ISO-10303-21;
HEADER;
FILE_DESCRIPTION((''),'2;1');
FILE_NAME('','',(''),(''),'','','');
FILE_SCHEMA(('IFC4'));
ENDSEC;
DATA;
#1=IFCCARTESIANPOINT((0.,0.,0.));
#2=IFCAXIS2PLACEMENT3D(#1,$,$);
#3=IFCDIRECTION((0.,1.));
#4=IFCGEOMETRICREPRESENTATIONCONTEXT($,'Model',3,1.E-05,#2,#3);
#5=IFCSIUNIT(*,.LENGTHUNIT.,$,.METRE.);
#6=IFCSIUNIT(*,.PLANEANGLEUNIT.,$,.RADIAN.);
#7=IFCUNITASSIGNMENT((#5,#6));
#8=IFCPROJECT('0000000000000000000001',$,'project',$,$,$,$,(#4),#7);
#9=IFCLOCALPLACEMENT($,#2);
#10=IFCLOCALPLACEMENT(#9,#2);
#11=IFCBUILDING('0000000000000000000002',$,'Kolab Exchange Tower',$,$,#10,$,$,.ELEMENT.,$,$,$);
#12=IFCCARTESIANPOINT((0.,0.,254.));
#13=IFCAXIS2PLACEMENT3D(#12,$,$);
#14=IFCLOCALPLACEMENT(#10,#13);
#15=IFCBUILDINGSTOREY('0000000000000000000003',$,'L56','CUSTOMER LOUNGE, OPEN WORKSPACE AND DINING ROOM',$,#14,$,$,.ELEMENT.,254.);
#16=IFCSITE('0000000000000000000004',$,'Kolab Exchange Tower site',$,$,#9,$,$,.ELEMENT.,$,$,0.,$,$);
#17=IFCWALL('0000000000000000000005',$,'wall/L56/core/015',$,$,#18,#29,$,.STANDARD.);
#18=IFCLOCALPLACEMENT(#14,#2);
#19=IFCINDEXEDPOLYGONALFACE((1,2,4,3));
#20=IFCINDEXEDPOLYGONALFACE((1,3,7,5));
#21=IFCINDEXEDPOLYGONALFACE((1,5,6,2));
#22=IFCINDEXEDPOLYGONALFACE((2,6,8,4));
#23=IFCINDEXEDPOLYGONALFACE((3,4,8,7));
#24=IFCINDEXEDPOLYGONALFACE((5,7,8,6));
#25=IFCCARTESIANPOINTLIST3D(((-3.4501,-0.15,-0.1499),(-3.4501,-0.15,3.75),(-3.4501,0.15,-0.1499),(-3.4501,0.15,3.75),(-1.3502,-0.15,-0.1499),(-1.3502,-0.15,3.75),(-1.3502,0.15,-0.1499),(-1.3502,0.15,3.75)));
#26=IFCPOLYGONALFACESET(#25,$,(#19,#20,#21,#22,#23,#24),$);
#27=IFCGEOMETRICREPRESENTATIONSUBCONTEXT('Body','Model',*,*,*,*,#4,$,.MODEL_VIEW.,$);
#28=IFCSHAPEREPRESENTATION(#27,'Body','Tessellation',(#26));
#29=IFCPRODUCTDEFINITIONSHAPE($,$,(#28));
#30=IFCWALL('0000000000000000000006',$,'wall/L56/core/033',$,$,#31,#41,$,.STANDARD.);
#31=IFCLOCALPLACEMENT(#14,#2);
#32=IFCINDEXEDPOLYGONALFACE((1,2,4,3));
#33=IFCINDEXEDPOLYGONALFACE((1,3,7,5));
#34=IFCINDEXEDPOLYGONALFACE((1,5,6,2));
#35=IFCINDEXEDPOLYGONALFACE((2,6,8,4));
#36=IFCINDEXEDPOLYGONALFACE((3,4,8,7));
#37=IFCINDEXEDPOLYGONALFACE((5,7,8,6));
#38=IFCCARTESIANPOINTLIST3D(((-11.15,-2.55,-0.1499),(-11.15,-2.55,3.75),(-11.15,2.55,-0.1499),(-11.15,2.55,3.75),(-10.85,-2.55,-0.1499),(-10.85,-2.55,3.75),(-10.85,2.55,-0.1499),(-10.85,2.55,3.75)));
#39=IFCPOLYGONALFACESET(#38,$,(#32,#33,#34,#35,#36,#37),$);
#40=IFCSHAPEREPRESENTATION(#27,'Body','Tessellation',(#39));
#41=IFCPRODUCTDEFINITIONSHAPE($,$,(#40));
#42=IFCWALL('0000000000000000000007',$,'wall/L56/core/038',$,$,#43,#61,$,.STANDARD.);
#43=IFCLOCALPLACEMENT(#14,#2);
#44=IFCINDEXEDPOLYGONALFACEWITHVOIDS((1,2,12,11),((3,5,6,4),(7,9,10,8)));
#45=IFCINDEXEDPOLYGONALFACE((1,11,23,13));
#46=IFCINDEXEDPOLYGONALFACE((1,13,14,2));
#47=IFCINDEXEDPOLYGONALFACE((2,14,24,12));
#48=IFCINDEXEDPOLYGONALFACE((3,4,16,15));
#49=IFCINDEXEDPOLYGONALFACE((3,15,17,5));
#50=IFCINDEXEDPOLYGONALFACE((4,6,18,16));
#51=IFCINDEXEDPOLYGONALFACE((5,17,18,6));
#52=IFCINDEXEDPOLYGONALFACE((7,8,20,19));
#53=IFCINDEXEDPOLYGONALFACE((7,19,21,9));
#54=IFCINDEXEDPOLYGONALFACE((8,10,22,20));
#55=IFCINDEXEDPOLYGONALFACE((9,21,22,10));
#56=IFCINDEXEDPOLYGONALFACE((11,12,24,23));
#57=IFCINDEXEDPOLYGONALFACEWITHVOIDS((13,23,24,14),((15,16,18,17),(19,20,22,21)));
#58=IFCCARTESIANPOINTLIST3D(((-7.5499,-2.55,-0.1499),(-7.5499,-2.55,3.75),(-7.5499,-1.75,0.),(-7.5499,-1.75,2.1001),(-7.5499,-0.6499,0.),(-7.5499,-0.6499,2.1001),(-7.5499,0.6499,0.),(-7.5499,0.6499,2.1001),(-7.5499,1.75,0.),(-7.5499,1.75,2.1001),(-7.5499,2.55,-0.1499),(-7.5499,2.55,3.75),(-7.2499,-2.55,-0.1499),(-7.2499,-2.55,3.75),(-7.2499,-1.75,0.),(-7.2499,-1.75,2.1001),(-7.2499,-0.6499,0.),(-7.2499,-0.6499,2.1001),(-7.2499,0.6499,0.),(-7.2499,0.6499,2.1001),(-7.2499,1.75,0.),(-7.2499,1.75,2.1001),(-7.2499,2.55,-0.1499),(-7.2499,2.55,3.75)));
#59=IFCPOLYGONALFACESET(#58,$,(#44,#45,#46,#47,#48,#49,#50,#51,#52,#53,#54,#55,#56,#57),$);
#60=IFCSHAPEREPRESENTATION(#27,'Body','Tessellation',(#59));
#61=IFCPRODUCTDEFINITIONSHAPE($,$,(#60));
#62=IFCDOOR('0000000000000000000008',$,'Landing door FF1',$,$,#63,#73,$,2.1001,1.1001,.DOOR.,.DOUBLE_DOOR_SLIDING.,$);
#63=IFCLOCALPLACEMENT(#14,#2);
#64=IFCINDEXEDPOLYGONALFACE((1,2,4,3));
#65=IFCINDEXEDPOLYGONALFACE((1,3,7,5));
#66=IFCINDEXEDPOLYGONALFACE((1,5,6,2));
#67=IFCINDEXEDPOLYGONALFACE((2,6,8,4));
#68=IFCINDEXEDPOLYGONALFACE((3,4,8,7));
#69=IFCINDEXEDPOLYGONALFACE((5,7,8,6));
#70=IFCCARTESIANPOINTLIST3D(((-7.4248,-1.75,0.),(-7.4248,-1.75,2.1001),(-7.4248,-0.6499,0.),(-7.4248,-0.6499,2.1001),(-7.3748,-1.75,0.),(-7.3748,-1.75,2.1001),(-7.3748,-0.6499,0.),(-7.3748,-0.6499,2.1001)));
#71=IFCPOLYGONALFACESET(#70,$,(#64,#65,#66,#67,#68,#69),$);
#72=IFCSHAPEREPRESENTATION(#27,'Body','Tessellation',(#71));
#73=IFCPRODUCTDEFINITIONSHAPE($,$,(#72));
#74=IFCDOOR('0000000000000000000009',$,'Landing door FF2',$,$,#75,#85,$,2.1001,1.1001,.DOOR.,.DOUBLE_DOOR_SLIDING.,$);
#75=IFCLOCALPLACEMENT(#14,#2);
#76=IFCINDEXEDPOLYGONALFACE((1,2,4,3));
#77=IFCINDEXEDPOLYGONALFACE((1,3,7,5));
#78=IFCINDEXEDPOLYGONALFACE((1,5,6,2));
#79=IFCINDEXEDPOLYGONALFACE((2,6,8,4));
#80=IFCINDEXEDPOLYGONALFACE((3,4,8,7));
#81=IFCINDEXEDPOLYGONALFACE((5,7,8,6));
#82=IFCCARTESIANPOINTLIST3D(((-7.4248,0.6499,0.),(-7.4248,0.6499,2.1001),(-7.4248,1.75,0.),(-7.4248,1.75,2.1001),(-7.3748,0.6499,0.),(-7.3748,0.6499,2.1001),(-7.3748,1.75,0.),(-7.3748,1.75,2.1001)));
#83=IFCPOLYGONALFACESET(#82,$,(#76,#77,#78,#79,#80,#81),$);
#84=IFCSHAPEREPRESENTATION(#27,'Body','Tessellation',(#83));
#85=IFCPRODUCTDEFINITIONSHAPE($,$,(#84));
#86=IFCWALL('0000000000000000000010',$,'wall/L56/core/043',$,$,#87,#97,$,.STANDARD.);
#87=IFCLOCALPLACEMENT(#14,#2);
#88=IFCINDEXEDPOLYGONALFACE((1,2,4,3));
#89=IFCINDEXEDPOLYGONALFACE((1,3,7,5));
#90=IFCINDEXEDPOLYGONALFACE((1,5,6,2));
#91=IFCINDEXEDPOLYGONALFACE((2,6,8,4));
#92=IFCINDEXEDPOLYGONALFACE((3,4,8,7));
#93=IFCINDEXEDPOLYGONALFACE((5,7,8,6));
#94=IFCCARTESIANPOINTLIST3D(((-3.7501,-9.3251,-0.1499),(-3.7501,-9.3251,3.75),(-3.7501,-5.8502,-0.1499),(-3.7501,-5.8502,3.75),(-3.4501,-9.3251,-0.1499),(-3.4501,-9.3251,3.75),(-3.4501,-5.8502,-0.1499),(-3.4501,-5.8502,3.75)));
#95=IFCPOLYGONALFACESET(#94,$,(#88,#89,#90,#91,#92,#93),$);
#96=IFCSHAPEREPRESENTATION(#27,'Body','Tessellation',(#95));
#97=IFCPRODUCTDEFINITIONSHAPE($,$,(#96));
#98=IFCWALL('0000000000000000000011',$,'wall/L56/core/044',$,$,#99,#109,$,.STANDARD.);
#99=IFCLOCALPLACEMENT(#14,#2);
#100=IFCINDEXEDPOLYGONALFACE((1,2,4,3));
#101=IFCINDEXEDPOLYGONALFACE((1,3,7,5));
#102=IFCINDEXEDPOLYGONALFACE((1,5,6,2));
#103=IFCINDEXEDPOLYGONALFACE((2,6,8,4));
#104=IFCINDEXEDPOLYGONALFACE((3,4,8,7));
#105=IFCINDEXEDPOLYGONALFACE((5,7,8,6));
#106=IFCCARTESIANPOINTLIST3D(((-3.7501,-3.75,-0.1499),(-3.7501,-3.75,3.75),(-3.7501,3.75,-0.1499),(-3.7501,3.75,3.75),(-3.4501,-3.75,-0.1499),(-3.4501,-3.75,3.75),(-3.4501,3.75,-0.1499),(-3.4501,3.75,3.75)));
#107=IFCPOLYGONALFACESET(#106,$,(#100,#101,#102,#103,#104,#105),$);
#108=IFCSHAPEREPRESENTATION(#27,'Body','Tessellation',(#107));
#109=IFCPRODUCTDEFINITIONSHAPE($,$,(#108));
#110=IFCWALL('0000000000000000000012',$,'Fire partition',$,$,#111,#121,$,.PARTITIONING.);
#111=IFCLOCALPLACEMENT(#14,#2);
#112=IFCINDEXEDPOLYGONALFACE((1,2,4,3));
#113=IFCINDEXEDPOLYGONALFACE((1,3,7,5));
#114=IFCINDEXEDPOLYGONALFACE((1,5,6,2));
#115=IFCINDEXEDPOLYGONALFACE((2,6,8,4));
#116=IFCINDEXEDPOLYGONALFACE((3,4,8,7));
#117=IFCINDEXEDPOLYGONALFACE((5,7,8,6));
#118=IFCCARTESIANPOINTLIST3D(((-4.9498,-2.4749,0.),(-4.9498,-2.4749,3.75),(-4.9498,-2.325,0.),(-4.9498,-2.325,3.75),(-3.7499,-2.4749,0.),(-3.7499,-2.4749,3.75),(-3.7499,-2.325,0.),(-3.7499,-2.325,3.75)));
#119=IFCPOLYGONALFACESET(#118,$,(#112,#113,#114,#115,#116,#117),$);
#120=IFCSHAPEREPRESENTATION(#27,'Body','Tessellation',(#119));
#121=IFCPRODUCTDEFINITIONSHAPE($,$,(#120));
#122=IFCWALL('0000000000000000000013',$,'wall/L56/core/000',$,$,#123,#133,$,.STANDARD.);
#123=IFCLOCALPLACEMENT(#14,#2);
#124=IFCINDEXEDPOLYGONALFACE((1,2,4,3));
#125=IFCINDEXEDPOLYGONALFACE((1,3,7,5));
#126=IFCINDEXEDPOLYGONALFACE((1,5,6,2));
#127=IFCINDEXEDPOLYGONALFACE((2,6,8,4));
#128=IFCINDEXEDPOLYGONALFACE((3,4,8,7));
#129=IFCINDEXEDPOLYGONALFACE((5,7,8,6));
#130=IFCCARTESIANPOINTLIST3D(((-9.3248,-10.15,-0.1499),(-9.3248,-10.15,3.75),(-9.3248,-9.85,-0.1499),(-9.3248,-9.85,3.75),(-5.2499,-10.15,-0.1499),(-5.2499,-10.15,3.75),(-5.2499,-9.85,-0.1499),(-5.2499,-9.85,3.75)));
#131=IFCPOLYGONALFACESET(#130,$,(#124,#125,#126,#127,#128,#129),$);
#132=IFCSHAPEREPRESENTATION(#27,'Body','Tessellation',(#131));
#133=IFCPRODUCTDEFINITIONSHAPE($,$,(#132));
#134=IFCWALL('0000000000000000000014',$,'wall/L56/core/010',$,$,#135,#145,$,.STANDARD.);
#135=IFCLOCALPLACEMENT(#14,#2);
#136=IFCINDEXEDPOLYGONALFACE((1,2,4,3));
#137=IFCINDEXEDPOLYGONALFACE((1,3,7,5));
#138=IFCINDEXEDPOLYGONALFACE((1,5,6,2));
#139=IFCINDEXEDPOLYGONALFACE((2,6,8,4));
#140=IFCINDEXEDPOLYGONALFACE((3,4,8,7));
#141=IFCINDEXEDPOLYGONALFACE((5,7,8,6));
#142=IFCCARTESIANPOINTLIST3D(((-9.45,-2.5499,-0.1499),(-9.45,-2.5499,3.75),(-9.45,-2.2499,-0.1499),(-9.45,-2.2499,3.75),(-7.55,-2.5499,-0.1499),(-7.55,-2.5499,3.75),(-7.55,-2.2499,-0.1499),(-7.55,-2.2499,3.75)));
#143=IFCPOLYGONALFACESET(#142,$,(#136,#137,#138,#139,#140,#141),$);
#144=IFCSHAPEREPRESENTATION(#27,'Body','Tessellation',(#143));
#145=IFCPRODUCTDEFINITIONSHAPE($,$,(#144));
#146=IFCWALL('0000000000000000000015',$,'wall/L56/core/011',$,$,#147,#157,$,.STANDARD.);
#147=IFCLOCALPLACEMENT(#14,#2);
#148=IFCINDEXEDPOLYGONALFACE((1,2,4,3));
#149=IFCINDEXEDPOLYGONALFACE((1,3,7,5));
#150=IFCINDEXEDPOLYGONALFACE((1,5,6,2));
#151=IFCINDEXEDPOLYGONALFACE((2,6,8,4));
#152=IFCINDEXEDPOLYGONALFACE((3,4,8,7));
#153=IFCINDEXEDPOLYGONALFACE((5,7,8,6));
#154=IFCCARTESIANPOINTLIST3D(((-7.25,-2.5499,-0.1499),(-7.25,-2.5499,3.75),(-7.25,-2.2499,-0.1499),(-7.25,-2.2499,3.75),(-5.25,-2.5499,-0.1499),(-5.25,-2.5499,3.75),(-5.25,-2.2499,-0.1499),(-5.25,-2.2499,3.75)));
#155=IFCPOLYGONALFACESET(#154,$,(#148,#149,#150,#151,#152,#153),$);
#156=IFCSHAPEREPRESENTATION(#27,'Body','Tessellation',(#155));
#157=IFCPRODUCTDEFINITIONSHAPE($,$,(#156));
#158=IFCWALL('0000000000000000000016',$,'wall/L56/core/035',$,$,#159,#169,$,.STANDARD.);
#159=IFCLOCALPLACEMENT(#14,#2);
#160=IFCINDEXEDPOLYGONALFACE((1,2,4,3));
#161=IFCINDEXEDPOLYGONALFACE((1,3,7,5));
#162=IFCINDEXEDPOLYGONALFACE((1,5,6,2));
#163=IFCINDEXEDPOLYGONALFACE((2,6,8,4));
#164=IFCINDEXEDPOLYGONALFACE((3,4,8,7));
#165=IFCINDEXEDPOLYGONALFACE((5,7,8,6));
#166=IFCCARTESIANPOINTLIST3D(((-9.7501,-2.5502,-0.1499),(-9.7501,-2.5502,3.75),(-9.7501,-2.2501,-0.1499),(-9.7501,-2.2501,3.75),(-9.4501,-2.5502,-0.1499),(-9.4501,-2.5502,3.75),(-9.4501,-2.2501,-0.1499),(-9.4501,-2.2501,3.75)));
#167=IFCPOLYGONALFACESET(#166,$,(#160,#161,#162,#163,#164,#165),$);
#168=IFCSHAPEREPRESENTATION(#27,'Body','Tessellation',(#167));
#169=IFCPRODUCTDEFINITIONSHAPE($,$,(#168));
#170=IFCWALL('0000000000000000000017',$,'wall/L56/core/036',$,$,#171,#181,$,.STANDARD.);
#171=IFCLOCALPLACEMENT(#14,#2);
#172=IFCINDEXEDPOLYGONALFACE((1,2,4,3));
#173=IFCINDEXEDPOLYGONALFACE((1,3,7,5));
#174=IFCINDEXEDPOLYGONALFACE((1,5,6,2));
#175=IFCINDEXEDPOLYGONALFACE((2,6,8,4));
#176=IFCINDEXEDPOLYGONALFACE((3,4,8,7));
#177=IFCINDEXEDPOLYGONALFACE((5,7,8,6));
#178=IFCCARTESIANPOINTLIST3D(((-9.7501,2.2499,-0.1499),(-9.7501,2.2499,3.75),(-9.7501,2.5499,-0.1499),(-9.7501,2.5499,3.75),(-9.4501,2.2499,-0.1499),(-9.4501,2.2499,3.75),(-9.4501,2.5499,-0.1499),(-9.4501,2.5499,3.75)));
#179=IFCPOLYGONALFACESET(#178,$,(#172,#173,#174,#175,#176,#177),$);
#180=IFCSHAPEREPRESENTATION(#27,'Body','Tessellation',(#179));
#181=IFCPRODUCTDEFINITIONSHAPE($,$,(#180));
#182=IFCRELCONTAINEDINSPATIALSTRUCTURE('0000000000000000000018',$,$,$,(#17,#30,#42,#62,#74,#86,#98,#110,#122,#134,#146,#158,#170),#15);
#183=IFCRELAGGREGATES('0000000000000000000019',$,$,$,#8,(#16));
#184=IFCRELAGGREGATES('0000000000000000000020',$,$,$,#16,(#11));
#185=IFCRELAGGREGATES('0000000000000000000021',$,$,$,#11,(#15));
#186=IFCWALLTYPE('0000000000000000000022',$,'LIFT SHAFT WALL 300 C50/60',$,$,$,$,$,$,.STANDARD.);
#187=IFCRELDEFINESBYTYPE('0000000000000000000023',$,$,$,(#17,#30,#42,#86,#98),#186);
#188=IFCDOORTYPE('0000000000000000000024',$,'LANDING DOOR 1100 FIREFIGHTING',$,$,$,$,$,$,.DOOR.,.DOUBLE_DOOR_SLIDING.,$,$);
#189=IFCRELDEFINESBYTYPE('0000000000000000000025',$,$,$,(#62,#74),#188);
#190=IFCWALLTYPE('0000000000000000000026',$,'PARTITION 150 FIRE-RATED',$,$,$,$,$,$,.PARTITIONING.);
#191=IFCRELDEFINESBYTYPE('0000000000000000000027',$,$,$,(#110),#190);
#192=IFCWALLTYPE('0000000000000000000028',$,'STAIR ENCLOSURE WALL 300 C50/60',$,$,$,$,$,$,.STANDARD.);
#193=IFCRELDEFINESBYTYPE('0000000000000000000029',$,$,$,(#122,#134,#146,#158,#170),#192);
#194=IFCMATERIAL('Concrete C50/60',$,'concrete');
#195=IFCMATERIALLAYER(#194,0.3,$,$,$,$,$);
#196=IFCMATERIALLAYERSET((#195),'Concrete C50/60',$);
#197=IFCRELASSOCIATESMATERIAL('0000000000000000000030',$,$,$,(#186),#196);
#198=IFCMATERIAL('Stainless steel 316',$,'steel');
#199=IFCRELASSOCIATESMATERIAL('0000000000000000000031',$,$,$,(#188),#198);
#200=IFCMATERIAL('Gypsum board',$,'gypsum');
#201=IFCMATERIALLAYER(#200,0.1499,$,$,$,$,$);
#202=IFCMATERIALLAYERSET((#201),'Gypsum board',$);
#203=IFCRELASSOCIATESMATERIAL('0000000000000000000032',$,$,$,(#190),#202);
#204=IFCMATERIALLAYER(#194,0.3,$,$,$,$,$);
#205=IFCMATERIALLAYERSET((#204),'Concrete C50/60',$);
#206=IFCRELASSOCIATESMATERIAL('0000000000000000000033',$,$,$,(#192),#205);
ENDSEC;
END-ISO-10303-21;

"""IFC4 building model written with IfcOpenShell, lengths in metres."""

from ifc_helpers import new_model, si_unit, direction, frame, frame_2d, origin, place, context, subcontext, project, spatial, rectangle, extrude, material, layer, layer_set, type_object, element, fill, save


model = new_model("IFC4")

# Units and contexts
model_context = context("Model", 3, precision=1e-05, world=origin(), true_north=direction((0.0, 1.0)))
body_context = subcontext(model_context, "Body", "Model", "MODEL_VIEW")
ifc_project = project(units=[si_unit("LENGTHUNIT", "METRE"), si_unit("PLANEANGLEUNIT", "RADIAN")], contexts=[model_context])

# Site, building, storey
site_placement = place(None, origin())
site = spatial("IfcSite", under=ifc_project, at=site_placement, Name="Kolab Exchange Tower site", CompositionType="ELEMENT", RefElevation=0.0)
building_placement = place(site_placement, origin())
building = spatial("IfcBuilding", under=site, at=building_placement, Name="Kolab Exchange Tower", CompositionType="ELEMENT")
storey_placement = place(building_placement, frame((0.0, 0.0, 254.0)))
storey = spatial("IfcBuildingStorey", under=building, at=storey_placement, Name="L56", Description="CUSTOMER LOUNGE, OPEN WORKSPACE AND DINING ROOM", CompositionType="ELEMENT", Elevation=254.0)

# Shared definitions
ifc_material_1 = material(Name="Concrete C50/60", Category="concrete")

# Shared definitions
ifc_layer_1 = layer(ifc_material_1, 0.3)
ifc_layer_set_1 = layer_set([ifc_layer_1], Name="Concrete C50/60")
wall_type_1 = type_object("IfcWallType", Name="LIFT SHAFT WALL 300 C50/60", PredefinedType="STANDARD", material=ifc_layer_set_1)
ifc_material_2 = material(Name="Stainless steel 316", Category="steel")

# Walls
wall_1_placement = place(storey_placement, frame((-3.45, 0.0, -0.1499), z_axis=(0.0, 0.0, 1.0), x_axis=(1.0, 0.0, 0.0)))
element("IfcWall", 1, at=wall_1_placement, inside=storey, type_object=wall_type_1, Name="wall/L56/core/015", PredefinedType="STANDARD", context=body_context, shape_type="SweptSolid", body=[
    extrude(rectangle(XDim=2.0999, YDim=0.3, at=frame_2d((1.0498, 0.0))), origin(), (0.0, 0.0, 1.0), 3.8999),
])
wall_2_placement = place(storey_placement, frame((-11.0, -2.55, -0.1499), z_axis=(0.0, 0.0, 1.0), x_axis=(0.0, 1.0, 0.0)))
element("IfcWall", 2, at=wall_2_placement, inside=storey, type_object=wall_type_1, Name="wall/L56/core/033", PredefinedType="STANDARD", context=body_context, shape_type="SweptSolid", body=[
    extrude(rectangle(XDim=5.1001, YDim=0.3, at=frame_2d((2.55, 0.0))), origin(), (0.0, 0.0, 1.0), 3.8999),
])

# Wall, openings, doors
wall_3_placement = place(storey_placement, frame((-7.3999, -2.55, -0.1499), z_axis=(0.0, 0.0, 1.0), x_axis=(0.0, 1.0, 0.0)))
wall_3 = element("IfcWall", 3, at=wall_3_placement, inside=storey, type_object=wall_type_1, Name="wall/L56/core/038", PredefinedType="STANDARD", context=body_context, shape_type="SweptSolid", body=[
    extrude(rectangle(XDim=5.1001, YDim=0.3, at=frame_2d((2.55, 0.0))), origin(), (0.0, 0.0, 1.0), 3.8999),
])
opening_1_placement = place(wall_3_placement, frame((0.8, 0.0, 0.1499)))
opening_1 = element("IfcOpeningElement", 4, at=opening_1_placement, cuts=wall_3, PredefinedType="OPENING", context=body_context, shape_type="SweptSolid", body=[
    extrude(rectangle(XDim=1.1001, YDim=2.1001, at=frame_2d((0.55, 1.05))), frame((0.0, 0.1602, 0.0), z_axis=(0.0, -1.0, 0.0), x_axis=(1.0, 0.0, 0.0)), (0.0, 0.0, 1.0), 0.3201),
])
opening_2_placement = place(wall_3_placement, frame((3.2, 0.0, 0.1499)))
opening_2 = element("IfcOpeningElement", 5, at=opening_2_placement, cuts=wall_3, PredefinedType="OPENING", context=body_context, shape_type="SweptSolid", body=[
    extrude(rectangle(XDim=1.1001, YDim=2.1001, at=frame_2d((0.55, 1.05))), frame((0.0, 0.1602, 0.0), z_axis=(0.0, -1.0, 0.0), x_axis=(1.0, 0.0, 0.0)), (0.0, 0.0, 1.0), 0.3201),
])
door_type_1 = type_object("IfcDoorType", Name="LANDING DOOR 1100 FIREFIGHTING", OperationType="DOUBLE_DOOR_SLIDING", PredefinedType="DOOR", material=ifc_material_2)
door_1_placement = place(opening_1_placement, origin())
door_1 = element("IfcDoor", 6, at=door_1_placement, inside=storey, type_object=door_type_1, Name="Landing door FF1", OperationType="DOUBLE_DOOR_SLIDING", OverallHeight=2.1001, OverallWidth=1.1001, PredefinedType="DOOR", context=body_context, shape_type="SweptSolid", body=[
    extrude(rectangle(XDim=1.1001, YDim=2.1001, at=frame_2d((0.55, 1.05))), frame((0.0, 0.0249, 0.0), z_axis=(0.0, -1.0, 0.0), x_axis=(1.0, 0.0, 0.0)), (0.0, 0.0, 1.0), 0.05),
])
fill(opening_1, door_1)
door_2_placement = place(opening_2_placement, origin())
door_2 = element("IfcDoor", 7, at=door_2_placement, inside=storey, type_object=door_type_1, Name="Landing door FF2", OperationType="DOUBLE_DOOR_SLIDING", OverallHeight=2.1001, OverallWidth=1.1001, PredefinedType="DOOR", context=body_context, shape_type="SweptSolid", body=[
    extrude(rectangle(XDim=1.1001, YDim=2.1001, at=frame_2d((0.55, 1.05))), frame((0.0, 0.0249, 0.0), z_axis=(0.0, -1.0, 0.0), x_axis=(1.0, 0.0, 0.0)), (0.0, 0.0, 1.0), 0.05),
])
fill(opening_2, door_2)

# Walls
wall_4_placement = place(storey_placement, frame((-3.6001, -9.325, -0.1499), z_axis=(0.0, 0.0, 1.0), x_axis=(0.0, 1.0, 0.0)))
element("IfcWall", 8, at=wall_4_placement, inside=storey, type_object=wall_type_1, Name="wall/L56/core/043", PredefinedType="STANDARD", context=body_context, shape_type="SweptSolid", body=[
    extrude(rectangle(XDim=3.4749, YDim=0.3, at=frame_2d((1.7373, 0.0))), origin(), (0.0, 0.0, 1.0), 3.8999),
])
wall_5_placement = place(storey_placement, frame((-3.6001, -3.75, -0.1499), z_axis=(0.0, 0.0, 1.0), x_axis=(0.0, 1.0, 0.0)))
element("IfcWall", 9, at=wall_5_placement, inside=storey, type_object=wall_type_1, Name="wall/L56/core/044", PredefinedType="STANDARD", context=body_context, shape_type="SweptSolid", body=[
    extrude(rectangle(XDim=7.5, YDim=0.3, at=frame_2d((3.75, 0.0))), origin(), (0.0, 0.0, 1.0), 3.8999),
])
ifc_material_3 = material(Name="Gypsum board", Category="gypsum")
ifc_layer_2 = layer(ifc_material_3, 0.1499)
ifc_layer_set_2 = layer_set([ifc_layer_2], Name="Gypsum board")
wall_type_2 = type_object("IfcWallType", Name="PARTITION 150 FIRE-RATED", PredefinedType="PARTITIONING", material=ifc_layer_set_2)
wall_6_placement = place(storey_placement, frame((-4.95, -2.3999, 0.0), z_axis=(0.0, 0.0, 1.0), x_axis=(1.0, 0.0, 0.0)))
element("IfcWall", 10, at=wall_6_placement, inside=storey, type_object=wall_type_2, Name="Fire partition", PredefinedType="PARTITIONING", context=body_context, shape_type="SweptSolid", body=[
    extrude(rectangle(XDim=1.2, YDim=0.1499, at=frame_2d((0.6001, 0.0))), origin(), (0.0, 0.0, 1.0), 3.75),
])
ifc_layer_3 = layer(ifc_material_1, 0.3)
ifc_layer_set_3 = layer_set([ifc_layer_3], Name="Concrete C50/60")
wall_type_3 = type_object("IfcWallType", Name="STAIR ENCLOSURE WALL 300 C50/60", PredefinedType="STANDARD", material=ifc_layer_set_3)
wall_7_placement = place(storey_placement, frame((-9.325, -10.0, -0.1499), z_axis=(0.0, 0.0, 1.0), x_axis=(1.0, 0.0, 0.0)))
element("IfcWall", 11, at=wall_7_placement, inside=storey, type_object=wall_type_3, Name="wall/L56/core/000", PredefinedType="STANDARD", context=body_context, shape_type="SweptSolid", body=[
    extrude(rectangle(XDim=4.075, YDim=0.3, at=frame_2d((2.0376, 0.0))), origin(), (0.0, 0.0, 1.0), 3.8999),
])
wall_8_placement = place(storey_placement, frame((-9.45, -2.3999, -0.1499), z_axis=(0.0, 0.0, 1.0), x_axis=(1.0, 0.0, 0.0)))
element("IfcWall", 12, at=wall_8_placement, inside=storey, type_object=wall_type_3, Name="wall/L56/core/010", PredefinedType="STANDARD", context=body_context, shape_type="SweptSolid", body=[
    extrude(rectangle(XDim=1.8999, YDim=0.3, at=frame_2d((0.95, 0.0))), origin(), (0.0, 0.0, 1.0), 3.8999),
])
wall_9_placement = place(storey_placement, frame((-7.25, -2.3999, -0.1499), z_axis=(0.0, 0.0, 1.0), x_axis=(1.0, 0.0, 0.0)))
element("IfcWall", 13, at=wall_9_placement, inside=storey, type_object=wall_type_3, Name="wall/L56/core/011", PredefinedType="STANDARD", context=body_context, shape_type="SweptSolid", body=[
    extrude(rectangle(XDim=2.0, YDim=0.3, at=frame_2d((1.0, 0.0))), origin(), (0.0, 0.0, 1.0), 3.8999),
])
for number, where, z_axis, x_axis, name in (
    (14, (-9.6001, -2.55, -0.1499), (0.0, 0.0, 1.0), (0.0, 1.0, 0.0), "wall/L56/core/035"),
    (15, (-9.6001, 2.25, -0.1499), (0.0, 0.0, 1.0), (0.0, 1.0, 0.0), "wall/L56/core/036"),
):
    element("IfcWall", number, at=place(storey_placement, frame(where, z_axis=z_axis, x_axis=x_axis)), inside=storey, type_object=wall_type_3, Name=name, PredefinedType="STANDARD", context=body_context, shape_type="SweptSolid", body=[
        extrude(rectangle(XDim=0.3, YDim=0.3, at=frame_2d((0.1499, 0.0))), origin(), (0.0, 0.0, 1.0), 3.8999),
    ])

save(model, "model.ifc")
